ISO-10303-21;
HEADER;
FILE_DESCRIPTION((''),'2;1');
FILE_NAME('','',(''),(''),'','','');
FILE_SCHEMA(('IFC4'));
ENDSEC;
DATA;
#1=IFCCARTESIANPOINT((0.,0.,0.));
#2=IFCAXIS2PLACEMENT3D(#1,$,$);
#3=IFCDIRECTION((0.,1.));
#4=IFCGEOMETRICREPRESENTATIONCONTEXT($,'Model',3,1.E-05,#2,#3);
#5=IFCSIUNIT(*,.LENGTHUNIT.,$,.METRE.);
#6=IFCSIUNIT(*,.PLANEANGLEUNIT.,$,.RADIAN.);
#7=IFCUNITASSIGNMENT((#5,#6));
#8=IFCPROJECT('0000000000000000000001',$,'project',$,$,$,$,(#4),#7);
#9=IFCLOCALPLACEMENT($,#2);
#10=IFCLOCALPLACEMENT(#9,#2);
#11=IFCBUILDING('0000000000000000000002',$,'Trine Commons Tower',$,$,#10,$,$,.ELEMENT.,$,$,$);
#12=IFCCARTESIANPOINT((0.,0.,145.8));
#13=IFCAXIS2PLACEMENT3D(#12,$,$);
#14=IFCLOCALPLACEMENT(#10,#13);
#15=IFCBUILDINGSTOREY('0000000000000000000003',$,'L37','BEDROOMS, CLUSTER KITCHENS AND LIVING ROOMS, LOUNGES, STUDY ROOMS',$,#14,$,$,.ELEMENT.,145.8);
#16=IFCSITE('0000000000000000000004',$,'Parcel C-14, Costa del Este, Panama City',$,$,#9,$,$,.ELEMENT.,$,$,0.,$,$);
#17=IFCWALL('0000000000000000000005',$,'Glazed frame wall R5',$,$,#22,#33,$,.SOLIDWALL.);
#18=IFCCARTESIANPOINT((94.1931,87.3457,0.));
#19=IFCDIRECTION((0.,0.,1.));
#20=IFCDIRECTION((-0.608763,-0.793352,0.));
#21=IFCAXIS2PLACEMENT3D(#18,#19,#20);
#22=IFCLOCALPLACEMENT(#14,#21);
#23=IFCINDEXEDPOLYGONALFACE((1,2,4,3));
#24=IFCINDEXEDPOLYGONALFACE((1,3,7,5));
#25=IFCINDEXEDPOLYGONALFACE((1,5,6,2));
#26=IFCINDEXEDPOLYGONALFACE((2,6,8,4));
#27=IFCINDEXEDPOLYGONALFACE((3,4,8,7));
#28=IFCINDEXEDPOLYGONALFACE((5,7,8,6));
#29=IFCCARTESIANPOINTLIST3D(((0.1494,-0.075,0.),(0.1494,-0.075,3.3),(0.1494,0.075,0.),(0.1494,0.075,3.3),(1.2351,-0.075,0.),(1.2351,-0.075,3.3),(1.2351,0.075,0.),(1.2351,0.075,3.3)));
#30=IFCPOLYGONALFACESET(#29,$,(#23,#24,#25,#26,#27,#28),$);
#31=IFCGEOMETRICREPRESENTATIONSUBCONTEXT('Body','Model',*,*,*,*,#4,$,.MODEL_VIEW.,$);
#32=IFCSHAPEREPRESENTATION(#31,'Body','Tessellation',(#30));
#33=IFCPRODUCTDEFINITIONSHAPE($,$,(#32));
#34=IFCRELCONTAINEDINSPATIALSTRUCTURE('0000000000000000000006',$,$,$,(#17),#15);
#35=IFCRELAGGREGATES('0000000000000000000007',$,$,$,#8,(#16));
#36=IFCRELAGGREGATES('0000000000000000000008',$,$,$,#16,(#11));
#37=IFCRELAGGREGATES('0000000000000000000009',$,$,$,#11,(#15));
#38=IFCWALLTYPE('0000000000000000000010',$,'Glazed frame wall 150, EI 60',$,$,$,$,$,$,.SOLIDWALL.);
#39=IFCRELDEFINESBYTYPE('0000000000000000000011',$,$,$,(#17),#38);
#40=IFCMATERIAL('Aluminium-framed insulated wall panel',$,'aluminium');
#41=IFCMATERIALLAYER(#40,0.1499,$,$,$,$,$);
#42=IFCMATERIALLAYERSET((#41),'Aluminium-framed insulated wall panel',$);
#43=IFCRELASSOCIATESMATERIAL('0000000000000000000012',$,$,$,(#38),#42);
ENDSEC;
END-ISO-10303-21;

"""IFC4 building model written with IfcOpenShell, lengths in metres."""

from ifc_helpers import new_model, si_unit, direction, frame, origin, place, context, subcontext, project, spatial, polyline, outline, extrude, material, layer, layer_set, type_object, element, save


model = new_model("IFC4")

# Units and contexts
model_context = context("Model", 3, precision=1e-05, world=origin(), true_north=direction((0.0, 1.0)))
body_context = subcontext(model_context, "Body", "Model", "MODEL_VIEW")
ifc_project = project(units=[si_unit("LENGTHUNIT", "METRE"), si_unit("PLANEANGLEUNIT", "RADIAN")], contexts=[model_context])

# Site, building, storey
site_placement = place(None, origin())
site = spatial("IfcSite", under=ifc_project, at=site_placement, Name="Parcel C-14, Costa del Este, Panama City", CompositionType="ELEMENT", RefElevation=0.0)
building_placement = place(site_placement, origin())
building = spatial("IfcBuilding", under=site, at=building_placement, Name="Trine Commons Tower", CompositionType="ELEMENT")
storey_placement = place(building_placement, frame((0.0, 0.0, 145.8)))
storey = spatial("IfcBuildingStorey", under=building, at=storey_placement, Name="L37", Description="BEDROOMS, CLUSTER KITCHENS AND LIVING ROOMS, LOUNGES, STUDY ROOMS", CompositionType="ELEMENT", Elevation=145.8)

# Wall
ifc_material_1 = material(Name="Aluminium-framed insulated wall panel", Category="aluminium")
ifc_layer_1 = layer(ifc_material_1, 0.1499)
ifc_layer_set_1 = layer_set([ifc_layer_1], Name="Aluminium-framed insulated wall panel")
wall_type_1 = type_object("IfcWallType", Name="Glazed frame wall 150, EI 60", PredefinedType="SOLIDWALL", material=ifc_layer_set_1)
wall_1_placement = place(storey_placement, frame((94.1931, 87.3457, 0.0), z_axis=(0.0, 0.0, 1.0), x_axis=(-0.608763, -0.793352, 0.0)))
element("IfcWall", 1, at=wall_1_placement, inside=storey, type_object=wall_type_1, Name="Glazed frame wall R5", PredefinedType="SOLIDWALL", context=body_context, shape_type="SweptSolid", body=[
    extrude(outline(polyline([(0.1494, 0.075), (0.1494, -0.075), (1.2351, -0.075), (1.2351, 0.075), (0.1494, 0.075)])), origin(), (0.0, 0.0, 1.0), 3.3),
])

save(model, "model.ifc")
